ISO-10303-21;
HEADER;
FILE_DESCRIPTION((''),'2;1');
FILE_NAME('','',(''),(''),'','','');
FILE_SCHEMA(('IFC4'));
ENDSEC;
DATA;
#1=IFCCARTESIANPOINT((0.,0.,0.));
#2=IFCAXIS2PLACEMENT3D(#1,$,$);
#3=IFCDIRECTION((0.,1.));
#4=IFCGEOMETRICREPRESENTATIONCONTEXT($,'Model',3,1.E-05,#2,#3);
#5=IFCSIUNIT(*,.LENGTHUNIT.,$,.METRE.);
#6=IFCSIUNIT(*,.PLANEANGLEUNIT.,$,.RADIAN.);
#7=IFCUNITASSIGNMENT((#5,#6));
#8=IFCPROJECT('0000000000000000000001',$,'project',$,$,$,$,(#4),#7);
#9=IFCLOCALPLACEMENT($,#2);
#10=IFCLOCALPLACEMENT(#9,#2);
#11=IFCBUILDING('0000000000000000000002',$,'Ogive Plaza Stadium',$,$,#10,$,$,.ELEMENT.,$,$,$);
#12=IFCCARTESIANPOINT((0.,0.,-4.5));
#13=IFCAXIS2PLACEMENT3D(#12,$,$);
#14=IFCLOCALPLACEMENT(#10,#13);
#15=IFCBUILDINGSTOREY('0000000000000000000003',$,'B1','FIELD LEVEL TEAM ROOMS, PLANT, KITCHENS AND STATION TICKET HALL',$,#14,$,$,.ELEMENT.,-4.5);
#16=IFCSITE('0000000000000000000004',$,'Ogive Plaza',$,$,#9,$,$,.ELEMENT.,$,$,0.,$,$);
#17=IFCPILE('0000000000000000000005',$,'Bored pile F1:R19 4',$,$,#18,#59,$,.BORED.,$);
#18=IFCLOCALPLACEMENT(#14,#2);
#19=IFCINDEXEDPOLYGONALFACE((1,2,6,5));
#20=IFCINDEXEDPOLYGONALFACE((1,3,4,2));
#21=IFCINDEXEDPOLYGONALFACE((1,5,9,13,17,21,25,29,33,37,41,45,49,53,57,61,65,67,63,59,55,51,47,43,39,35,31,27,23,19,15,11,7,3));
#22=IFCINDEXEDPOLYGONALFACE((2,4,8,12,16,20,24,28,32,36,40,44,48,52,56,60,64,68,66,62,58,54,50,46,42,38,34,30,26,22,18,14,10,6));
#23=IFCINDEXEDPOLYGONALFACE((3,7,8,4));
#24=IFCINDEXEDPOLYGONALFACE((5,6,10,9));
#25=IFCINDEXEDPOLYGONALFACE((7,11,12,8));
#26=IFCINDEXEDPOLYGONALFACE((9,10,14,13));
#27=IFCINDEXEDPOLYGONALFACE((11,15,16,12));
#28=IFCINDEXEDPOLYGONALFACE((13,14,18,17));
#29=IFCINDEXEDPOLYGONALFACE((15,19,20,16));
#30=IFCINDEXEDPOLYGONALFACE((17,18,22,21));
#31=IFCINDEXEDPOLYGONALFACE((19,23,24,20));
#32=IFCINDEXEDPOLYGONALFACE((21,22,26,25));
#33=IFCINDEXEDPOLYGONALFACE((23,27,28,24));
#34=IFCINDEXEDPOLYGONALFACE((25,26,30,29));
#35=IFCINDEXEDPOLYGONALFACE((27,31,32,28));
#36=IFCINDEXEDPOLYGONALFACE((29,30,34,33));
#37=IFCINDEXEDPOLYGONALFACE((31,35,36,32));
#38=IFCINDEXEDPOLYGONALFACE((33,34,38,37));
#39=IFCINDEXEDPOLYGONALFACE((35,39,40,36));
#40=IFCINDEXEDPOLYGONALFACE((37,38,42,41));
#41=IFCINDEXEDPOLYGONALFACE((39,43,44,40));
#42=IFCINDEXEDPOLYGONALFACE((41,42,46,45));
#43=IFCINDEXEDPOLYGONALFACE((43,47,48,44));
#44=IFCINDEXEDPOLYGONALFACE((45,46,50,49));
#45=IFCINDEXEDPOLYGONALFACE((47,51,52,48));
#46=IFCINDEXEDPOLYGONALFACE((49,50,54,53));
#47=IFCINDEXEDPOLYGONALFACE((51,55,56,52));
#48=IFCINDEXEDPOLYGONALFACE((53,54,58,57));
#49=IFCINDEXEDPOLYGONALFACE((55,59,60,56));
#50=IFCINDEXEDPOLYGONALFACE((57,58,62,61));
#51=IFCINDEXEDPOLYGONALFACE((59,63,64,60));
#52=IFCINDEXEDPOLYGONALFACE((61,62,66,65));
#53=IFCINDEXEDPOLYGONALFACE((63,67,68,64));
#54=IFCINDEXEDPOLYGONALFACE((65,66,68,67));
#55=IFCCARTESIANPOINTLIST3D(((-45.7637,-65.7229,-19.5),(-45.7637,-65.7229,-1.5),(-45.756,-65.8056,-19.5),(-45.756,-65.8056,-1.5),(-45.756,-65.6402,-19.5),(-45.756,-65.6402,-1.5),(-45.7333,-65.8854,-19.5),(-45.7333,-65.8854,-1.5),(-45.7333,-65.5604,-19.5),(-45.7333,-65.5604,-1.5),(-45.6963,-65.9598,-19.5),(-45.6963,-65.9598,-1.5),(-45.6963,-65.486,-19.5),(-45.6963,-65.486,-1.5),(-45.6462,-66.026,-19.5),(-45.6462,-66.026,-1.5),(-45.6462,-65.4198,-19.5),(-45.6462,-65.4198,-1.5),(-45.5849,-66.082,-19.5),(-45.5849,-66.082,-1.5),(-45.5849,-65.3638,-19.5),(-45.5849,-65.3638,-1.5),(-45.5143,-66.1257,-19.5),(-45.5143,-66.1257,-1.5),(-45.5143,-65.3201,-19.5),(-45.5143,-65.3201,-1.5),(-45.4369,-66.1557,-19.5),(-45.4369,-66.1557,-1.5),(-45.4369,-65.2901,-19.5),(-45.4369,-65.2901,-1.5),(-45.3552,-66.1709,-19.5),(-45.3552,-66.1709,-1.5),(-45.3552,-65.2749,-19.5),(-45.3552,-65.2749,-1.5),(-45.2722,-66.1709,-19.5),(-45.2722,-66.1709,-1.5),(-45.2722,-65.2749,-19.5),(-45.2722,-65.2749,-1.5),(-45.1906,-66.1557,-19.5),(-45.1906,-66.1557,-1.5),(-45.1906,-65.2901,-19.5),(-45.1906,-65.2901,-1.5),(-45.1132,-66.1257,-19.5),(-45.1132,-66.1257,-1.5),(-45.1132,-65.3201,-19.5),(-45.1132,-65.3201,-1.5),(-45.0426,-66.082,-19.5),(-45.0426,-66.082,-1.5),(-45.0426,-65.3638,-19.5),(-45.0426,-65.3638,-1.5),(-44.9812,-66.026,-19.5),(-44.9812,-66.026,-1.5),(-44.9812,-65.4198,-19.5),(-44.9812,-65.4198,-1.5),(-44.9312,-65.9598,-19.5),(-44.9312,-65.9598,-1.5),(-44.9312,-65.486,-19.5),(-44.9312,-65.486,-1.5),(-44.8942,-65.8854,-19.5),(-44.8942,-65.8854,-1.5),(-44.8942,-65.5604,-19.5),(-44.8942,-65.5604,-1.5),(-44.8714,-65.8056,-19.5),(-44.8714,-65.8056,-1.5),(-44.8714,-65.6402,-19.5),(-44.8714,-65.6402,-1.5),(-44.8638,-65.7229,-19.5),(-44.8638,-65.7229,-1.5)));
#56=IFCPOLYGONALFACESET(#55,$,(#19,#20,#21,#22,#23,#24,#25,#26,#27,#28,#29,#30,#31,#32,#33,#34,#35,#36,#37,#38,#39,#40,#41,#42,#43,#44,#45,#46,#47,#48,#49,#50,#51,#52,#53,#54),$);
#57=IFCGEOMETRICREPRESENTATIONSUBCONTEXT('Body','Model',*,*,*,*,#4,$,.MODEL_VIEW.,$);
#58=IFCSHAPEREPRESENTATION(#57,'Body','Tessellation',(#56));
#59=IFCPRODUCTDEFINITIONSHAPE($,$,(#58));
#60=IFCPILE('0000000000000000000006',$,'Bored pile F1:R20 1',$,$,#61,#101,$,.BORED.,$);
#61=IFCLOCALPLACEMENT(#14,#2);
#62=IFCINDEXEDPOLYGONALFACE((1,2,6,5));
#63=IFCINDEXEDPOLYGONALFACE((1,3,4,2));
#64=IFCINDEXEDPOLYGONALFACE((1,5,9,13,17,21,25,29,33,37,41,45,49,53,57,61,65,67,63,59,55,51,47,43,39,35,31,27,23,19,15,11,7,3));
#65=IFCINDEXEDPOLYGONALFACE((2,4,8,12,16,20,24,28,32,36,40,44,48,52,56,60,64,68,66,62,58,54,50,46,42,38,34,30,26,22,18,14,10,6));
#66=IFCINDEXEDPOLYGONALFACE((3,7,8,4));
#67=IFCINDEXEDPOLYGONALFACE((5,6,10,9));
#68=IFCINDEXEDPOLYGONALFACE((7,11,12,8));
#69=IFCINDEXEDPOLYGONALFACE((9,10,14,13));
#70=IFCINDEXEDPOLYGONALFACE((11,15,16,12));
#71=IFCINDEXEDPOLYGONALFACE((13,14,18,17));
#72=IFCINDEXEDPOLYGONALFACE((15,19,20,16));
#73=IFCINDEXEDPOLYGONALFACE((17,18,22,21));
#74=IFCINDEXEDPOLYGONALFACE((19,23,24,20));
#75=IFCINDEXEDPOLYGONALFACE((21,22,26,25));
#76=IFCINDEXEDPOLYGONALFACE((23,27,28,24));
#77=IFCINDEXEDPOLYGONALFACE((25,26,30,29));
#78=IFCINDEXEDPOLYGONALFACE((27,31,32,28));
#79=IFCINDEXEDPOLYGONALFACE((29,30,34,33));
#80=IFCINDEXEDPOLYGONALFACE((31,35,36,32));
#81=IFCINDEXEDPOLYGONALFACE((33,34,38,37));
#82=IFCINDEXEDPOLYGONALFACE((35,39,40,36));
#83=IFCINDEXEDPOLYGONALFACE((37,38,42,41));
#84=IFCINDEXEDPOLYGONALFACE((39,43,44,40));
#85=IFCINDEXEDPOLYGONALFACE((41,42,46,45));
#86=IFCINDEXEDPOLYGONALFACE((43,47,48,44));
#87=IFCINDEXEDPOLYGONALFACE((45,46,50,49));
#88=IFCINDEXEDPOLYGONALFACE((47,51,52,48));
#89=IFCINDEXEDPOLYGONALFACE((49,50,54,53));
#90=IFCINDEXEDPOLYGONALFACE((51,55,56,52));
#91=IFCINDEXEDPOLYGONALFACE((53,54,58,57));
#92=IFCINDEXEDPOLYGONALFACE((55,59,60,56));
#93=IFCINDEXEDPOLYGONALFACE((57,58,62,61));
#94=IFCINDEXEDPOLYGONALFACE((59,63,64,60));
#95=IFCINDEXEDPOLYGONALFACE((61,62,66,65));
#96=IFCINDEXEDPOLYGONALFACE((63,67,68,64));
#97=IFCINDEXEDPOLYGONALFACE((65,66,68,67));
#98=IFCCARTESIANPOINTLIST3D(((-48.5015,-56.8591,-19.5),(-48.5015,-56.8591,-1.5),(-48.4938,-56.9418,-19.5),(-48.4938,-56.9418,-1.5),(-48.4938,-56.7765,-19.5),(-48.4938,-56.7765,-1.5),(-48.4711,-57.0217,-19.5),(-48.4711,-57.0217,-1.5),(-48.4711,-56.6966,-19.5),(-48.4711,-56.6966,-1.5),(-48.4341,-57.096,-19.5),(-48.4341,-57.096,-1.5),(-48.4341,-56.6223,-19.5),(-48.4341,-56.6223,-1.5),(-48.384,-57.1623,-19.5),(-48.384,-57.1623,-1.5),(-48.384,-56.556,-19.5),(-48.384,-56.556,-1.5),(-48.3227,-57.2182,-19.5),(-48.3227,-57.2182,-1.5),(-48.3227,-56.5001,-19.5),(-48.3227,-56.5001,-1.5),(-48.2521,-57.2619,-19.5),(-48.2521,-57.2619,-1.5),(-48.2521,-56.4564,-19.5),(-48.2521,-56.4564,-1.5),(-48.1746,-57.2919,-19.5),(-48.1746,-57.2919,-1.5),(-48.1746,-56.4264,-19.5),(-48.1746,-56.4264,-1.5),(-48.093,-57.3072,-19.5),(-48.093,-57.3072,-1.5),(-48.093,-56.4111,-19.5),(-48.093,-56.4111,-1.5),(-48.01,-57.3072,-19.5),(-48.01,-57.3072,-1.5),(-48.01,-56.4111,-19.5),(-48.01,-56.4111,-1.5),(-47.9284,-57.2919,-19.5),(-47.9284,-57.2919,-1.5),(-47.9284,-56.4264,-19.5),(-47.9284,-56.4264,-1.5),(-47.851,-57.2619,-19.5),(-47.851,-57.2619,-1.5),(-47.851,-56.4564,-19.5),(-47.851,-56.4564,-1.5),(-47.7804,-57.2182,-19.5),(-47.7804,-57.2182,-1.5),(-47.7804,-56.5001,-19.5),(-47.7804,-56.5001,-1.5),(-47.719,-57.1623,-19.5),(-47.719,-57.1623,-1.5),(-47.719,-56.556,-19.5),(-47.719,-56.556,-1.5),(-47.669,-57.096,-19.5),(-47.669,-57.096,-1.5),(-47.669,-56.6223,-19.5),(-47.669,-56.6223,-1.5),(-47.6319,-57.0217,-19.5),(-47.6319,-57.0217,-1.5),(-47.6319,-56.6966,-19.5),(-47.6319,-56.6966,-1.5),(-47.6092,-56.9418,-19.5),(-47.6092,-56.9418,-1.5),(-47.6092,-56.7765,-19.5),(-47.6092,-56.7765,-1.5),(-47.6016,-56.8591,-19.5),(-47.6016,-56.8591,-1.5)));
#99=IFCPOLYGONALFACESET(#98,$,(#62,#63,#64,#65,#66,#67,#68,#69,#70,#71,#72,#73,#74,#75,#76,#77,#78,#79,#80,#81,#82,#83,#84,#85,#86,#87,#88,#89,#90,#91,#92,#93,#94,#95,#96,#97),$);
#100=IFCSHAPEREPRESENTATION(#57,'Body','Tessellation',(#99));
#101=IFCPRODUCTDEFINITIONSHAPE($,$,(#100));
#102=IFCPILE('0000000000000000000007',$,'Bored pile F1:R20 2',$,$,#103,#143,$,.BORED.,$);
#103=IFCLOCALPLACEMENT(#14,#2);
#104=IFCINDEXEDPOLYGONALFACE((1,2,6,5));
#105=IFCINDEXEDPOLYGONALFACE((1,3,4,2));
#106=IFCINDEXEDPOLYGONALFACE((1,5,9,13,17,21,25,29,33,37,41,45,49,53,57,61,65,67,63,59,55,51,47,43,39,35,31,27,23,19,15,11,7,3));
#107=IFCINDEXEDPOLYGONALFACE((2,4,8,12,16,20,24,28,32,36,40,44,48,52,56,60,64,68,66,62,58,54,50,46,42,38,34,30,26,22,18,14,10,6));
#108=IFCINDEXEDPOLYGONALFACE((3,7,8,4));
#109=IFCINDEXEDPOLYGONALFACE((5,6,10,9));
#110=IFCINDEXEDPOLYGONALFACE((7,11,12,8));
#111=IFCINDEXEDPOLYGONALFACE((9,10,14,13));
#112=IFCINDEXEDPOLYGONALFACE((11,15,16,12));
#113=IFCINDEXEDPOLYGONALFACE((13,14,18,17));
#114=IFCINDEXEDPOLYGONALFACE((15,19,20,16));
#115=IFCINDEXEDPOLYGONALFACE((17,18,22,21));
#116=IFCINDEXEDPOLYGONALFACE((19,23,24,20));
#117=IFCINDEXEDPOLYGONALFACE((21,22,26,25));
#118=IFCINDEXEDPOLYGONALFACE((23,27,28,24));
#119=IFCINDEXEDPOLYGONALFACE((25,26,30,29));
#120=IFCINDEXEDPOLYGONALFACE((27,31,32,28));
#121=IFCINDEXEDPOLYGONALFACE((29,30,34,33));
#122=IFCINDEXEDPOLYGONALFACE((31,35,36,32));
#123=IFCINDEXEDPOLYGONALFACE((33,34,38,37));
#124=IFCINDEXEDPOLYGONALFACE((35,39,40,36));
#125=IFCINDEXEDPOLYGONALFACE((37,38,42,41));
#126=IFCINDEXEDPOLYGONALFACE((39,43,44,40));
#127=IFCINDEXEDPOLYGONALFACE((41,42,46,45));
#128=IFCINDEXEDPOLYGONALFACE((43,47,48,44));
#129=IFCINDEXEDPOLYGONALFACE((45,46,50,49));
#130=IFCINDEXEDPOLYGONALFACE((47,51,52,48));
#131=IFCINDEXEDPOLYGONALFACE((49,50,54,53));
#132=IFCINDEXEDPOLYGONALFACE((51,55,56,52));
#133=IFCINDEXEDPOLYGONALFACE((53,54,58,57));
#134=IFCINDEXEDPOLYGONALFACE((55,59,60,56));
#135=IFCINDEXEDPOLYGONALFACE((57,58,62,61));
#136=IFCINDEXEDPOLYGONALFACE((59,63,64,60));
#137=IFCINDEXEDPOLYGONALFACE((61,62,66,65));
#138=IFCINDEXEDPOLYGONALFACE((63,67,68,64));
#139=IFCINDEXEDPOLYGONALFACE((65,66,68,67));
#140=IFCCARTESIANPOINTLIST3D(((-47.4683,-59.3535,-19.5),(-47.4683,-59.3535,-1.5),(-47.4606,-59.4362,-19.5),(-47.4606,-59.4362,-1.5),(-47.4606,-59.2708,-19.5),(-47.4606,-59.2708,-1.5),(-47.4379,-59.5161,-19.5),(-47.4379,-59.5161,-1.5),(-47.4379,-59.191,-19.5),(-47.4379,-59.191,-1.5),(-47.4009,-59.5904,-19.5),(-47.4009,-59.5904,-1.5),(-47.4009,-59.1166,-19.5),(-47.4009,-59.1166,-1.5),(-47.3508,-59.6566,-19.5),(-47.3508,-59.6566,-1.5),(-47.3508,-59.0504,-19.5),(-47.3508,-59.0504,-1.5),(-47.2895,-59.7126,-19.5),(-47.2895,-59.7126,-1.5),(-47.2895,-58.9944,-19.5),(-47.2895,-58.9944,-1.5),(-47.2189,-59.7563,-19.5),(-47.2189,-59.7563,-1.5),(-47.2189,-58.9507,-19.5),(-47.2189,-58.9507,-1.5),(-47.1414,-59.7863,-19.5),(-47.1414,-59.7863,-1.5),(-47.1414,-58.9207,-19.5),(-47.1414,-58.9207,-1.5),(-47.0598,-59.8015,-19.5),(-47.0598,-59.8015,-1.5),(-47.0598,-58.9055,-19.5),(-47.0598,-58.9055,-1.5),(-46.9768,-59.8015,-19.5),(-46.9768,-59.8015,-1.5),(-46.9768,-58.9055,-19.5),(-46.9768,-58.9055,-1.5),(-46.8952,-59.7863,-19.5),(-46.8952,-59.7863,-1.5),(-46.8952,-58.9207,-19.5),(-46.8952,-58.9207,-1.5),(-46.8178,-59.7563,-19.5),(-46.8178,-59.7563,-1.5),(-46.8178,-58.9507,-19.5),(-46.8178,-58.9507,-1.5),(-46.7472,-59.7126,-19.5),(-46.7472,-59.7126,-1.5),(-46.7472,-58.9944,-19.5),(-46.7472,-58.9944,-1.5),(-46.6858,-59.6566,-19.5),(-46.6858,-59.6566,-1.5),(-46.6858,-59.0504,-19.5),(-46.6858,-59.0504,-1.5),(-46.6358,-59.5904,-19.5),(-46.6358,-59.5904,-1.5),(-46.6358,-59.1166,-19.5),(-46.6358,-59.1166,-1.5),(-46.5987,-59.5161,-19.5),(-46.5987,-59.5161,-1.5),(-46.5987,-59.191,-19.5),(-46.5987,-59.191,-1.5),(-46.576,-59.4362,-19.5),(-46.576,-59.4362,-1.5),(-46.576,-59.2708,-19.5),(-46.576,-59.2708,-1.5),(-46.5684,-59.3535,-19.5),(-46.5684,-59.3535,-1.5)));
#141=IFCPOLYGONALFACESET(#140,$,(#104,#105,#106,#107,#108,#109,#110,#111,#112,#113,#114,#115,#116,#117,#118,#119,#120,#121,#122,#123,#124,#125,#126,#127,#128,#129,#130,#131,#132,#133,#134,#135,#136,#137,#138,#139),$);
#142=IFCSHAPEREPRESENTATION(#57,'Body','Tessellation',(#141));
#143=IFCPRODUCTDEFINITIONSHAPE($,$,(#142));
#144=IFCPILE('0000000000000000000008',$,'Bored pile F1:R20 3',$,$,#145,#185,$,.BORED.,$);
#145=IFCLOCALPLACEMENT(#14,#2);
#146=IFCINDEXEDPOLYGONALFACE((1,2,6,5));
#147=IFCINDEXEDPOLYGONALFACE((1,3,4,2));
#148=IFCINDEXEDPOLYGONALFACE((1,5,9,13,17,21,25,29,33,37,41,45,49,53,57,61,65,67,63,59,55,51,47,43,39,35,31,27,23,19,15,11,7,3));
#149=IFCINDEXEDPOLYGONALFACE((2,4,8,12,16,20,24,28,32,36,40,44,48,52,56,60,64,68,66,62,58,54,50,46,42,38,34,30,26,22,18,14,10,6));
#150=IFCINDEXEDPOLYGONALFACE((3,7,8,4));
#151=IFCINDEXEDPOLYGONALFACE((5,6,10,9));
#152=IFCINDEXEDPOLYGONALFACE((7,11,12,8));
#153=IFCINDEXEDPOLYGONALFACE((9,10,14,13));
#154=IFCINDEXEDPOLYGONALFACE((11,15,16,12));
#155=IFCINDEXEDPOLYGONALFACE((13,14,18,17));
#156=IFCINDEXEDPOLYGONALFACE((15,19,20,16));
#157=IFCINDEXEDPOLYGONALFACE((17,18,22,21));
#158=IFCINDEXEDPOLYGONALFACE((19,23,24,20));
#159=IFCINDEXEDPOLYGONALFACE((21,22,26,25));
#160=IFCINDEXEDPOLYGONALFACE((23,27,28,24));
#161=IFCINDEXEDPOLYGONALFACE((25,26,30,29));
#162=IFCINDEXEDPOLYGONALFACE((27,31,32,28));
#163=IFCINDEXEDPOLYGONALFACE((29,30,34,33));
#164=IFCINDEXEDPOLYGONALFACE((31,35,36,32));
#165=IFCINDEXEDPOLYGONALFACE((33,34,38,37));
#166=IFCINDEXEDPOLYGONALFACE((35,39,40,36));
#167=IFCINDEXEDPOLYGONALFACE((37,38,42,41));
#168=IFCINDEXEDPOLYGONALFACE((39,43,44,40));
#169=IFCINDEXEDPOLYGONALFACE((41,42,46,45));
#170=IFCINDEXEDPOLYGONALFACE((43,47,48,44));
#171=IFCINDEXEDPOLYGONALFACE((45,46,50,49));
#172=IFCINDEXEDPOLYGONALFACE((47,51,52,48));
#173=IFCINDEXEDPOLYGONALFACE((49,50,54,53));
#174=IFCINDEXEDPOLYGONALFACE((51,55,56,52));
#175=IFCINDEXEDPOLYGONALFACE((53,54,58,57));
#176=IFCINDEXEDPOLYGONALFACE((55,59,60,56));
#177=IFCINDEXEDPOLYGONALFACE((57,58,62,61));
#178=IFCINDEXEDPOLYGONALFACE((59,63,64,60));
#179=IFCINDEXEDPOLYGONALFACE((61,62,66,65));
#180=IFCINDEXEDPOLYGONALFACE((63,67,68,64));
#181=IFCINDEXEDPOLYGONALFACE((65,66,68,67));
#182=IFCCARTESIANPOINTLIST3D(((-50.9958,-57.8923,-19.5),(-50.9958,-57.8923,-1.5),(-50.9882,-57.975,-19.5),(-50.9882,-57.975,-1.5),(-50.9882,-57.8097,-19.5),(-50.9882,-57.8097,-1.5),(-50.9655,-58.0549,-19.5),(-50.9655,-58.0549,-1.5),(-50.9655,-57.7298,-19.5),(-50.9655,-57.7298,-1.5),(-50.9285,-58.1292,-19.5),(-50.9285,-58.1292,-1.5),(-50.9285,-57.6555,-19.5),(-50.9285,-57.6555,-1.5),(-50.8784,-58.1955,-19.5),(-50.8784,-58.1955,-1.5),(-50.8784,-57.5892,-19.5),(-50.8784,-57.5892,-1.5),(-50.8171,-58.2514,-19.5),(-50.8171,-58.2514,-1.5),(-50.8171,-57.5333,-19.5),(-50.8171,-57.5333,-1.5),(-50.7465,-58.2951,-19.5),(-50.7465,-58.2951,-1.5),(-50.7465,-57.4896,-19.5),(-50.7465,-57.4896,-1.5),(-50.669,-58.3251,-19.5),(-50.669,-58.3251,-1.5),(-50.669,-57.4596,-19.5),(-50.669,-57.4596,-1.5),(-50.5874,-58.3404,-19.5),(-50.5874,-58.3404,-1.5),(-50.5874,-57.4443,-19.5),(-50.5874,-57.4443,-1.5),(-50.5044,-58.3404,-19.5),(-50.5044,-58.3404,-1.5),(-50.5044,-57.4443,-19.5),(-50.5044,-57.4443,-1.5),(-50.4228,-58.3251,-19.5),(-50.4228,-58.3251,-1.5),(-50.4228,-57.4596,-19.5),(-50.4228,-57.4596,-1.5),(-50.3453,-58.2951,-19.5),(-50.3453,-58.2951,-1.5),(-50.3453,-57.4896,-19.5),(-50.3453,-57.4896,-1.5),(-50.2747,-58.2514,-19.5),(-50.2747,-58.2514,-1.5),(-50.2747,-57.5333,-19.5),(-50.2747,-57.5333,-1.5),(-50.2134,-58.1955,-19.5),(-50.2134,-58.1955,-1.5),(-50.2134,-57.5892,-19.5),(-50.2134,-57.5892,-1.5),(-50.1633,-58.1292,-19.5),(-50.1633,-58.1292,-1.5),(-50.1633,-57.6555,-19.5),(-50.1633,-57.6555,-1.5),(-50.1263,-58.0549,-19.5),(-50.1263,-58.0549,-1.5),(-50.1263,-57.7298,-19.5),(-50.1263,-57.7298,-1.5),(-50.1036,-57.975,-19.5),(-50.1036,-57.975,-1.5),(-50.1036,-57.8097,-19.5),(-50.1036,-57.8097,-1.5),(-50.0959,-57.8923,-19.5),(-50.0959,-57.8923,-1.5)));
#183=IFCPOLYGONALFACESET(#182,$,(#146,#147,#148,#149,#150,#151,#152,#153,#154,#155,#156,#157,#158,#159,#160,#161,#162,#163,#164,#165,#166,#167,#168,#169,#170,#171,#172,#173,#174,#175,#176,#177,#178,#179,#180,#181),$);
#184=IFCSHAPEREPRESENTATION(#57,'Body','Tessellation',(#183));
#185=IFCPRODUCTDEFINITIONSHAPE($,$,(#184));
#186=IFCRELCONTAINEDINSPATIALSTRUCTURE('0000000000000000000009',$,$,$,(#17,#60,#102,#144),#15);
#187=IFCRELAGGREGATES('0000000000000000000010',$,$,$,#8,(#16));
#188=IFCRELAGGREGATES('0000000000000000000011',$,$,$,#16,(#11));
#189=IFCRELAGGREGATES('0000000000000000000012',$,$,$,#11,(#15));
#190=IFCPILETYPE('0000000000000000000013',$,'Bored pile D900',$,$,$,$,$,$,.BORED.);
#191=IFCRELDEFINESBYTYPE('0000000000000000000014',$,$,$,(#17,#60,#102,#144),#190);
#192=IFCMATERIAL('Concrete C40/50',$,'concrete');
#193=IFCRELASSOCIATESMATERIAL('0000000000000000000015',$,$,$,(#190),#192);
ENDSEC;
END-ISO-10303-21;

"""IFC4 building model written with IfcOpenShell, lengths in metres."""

from ifc_helpers import new_model, si_unit, direction, frame, origin, origin_2d, place, context, subcontext, project, spatial, circle, extrude, material, material_profile, profile_set, type_object, element, save


model = new_model("IFC4")

# Units and contexts
model_context = context("Model", 3, precision=1e-05, world=origin(), true_north=direction((0.0, 1.0)))
body_context = subcontext(model_context, "Body", "Model", "MODEL_VIEW")
ifc_project = project(units=[si_unit("LENGTHUNIT", "METRE"), si_unit("PLANEANGLEUNIT", "RADIAN")], contexts=[model_context])

# Site, building, storey
site_placement = place(None, origin())
site = spatial("IfcSite", under=ifc_project, at=site_placement, Name="Ogive Plaza", CompositionType="ELEMENT", RefElevation=0.0)
building_placement = place(site_placement, origin())
building = spatial("IfcBuilding", under=site, at=building_placement, Name="Ogive Plaza Stadium", CompositionType="ELEMENT")
storey_placement = place(building_placement, frame((0.0, 0.0, -4.5)))
storey = spatial("IfcBuildingStorey", under=building, at=storey_placement, Name="B1", Description="FIELD LEVEL TEAM ROOMS, PLANT, KITCHENS AND STATION TICKET HALL", CompositionType="ELEMENT", Elevation=-4.5)

# Piles
ifc_material_1 = material(Name="Concrete C40/50", Category="concrete")
ifc_material_profile_1 = material_profile(ifc_material_1, circle(Radius=0.45, at=origin_2d()), Name="RC D900")
ifc_profile_set_1 = profile_set([ifc_material_profile_1], Name="Concrete C40/50")
pile_type_1 = type_object("IfcPileType", Name="Bored pile D900", PredefinedType="BORED", material=ifc_profile_set_1)
for number, where, z_axis, x_axis, name in (
    (1, (-45.3137, -65.7229, -1.5), (0.0, 0.0, -1.0), (1.0, 0.0, 0.0), "Bored pile F1:R19 4"),
    (2, (-48.0515, -56.8591, -1.5), (0.0, 0.0, -1.0), (1.0, 0.0, 0.0), "Bored pile F1:R20 1"),
    (3, (-47.0183, -59.3535, -1.5), (0.0, 0.0, -1.0), (1.0, 0.0, 0.0), "Bored pile F1:R20 2"),
    (4, (-50.5459, -57.8923, -1.5), (0.0, 0.0, -1.0), (1.0, 0.0, 0.0), "Bored pile F1:R20 3"),
):
    element("IfcPile", number, at=place(storey_placement, frame(where, z_axis=z_axis, x_axis=x_axis)), inside=storey, type_object=pile_type_1, Name=name, PredefinedType="BORED", context=body_context, shape_type="SweptSolid", body=[
        extrude(circle(Radius=0.45, at=origin_2d()), origin(), (0.0, 0.0, 1.0), 18.0),
    ])

save(model, "model.ifc")
